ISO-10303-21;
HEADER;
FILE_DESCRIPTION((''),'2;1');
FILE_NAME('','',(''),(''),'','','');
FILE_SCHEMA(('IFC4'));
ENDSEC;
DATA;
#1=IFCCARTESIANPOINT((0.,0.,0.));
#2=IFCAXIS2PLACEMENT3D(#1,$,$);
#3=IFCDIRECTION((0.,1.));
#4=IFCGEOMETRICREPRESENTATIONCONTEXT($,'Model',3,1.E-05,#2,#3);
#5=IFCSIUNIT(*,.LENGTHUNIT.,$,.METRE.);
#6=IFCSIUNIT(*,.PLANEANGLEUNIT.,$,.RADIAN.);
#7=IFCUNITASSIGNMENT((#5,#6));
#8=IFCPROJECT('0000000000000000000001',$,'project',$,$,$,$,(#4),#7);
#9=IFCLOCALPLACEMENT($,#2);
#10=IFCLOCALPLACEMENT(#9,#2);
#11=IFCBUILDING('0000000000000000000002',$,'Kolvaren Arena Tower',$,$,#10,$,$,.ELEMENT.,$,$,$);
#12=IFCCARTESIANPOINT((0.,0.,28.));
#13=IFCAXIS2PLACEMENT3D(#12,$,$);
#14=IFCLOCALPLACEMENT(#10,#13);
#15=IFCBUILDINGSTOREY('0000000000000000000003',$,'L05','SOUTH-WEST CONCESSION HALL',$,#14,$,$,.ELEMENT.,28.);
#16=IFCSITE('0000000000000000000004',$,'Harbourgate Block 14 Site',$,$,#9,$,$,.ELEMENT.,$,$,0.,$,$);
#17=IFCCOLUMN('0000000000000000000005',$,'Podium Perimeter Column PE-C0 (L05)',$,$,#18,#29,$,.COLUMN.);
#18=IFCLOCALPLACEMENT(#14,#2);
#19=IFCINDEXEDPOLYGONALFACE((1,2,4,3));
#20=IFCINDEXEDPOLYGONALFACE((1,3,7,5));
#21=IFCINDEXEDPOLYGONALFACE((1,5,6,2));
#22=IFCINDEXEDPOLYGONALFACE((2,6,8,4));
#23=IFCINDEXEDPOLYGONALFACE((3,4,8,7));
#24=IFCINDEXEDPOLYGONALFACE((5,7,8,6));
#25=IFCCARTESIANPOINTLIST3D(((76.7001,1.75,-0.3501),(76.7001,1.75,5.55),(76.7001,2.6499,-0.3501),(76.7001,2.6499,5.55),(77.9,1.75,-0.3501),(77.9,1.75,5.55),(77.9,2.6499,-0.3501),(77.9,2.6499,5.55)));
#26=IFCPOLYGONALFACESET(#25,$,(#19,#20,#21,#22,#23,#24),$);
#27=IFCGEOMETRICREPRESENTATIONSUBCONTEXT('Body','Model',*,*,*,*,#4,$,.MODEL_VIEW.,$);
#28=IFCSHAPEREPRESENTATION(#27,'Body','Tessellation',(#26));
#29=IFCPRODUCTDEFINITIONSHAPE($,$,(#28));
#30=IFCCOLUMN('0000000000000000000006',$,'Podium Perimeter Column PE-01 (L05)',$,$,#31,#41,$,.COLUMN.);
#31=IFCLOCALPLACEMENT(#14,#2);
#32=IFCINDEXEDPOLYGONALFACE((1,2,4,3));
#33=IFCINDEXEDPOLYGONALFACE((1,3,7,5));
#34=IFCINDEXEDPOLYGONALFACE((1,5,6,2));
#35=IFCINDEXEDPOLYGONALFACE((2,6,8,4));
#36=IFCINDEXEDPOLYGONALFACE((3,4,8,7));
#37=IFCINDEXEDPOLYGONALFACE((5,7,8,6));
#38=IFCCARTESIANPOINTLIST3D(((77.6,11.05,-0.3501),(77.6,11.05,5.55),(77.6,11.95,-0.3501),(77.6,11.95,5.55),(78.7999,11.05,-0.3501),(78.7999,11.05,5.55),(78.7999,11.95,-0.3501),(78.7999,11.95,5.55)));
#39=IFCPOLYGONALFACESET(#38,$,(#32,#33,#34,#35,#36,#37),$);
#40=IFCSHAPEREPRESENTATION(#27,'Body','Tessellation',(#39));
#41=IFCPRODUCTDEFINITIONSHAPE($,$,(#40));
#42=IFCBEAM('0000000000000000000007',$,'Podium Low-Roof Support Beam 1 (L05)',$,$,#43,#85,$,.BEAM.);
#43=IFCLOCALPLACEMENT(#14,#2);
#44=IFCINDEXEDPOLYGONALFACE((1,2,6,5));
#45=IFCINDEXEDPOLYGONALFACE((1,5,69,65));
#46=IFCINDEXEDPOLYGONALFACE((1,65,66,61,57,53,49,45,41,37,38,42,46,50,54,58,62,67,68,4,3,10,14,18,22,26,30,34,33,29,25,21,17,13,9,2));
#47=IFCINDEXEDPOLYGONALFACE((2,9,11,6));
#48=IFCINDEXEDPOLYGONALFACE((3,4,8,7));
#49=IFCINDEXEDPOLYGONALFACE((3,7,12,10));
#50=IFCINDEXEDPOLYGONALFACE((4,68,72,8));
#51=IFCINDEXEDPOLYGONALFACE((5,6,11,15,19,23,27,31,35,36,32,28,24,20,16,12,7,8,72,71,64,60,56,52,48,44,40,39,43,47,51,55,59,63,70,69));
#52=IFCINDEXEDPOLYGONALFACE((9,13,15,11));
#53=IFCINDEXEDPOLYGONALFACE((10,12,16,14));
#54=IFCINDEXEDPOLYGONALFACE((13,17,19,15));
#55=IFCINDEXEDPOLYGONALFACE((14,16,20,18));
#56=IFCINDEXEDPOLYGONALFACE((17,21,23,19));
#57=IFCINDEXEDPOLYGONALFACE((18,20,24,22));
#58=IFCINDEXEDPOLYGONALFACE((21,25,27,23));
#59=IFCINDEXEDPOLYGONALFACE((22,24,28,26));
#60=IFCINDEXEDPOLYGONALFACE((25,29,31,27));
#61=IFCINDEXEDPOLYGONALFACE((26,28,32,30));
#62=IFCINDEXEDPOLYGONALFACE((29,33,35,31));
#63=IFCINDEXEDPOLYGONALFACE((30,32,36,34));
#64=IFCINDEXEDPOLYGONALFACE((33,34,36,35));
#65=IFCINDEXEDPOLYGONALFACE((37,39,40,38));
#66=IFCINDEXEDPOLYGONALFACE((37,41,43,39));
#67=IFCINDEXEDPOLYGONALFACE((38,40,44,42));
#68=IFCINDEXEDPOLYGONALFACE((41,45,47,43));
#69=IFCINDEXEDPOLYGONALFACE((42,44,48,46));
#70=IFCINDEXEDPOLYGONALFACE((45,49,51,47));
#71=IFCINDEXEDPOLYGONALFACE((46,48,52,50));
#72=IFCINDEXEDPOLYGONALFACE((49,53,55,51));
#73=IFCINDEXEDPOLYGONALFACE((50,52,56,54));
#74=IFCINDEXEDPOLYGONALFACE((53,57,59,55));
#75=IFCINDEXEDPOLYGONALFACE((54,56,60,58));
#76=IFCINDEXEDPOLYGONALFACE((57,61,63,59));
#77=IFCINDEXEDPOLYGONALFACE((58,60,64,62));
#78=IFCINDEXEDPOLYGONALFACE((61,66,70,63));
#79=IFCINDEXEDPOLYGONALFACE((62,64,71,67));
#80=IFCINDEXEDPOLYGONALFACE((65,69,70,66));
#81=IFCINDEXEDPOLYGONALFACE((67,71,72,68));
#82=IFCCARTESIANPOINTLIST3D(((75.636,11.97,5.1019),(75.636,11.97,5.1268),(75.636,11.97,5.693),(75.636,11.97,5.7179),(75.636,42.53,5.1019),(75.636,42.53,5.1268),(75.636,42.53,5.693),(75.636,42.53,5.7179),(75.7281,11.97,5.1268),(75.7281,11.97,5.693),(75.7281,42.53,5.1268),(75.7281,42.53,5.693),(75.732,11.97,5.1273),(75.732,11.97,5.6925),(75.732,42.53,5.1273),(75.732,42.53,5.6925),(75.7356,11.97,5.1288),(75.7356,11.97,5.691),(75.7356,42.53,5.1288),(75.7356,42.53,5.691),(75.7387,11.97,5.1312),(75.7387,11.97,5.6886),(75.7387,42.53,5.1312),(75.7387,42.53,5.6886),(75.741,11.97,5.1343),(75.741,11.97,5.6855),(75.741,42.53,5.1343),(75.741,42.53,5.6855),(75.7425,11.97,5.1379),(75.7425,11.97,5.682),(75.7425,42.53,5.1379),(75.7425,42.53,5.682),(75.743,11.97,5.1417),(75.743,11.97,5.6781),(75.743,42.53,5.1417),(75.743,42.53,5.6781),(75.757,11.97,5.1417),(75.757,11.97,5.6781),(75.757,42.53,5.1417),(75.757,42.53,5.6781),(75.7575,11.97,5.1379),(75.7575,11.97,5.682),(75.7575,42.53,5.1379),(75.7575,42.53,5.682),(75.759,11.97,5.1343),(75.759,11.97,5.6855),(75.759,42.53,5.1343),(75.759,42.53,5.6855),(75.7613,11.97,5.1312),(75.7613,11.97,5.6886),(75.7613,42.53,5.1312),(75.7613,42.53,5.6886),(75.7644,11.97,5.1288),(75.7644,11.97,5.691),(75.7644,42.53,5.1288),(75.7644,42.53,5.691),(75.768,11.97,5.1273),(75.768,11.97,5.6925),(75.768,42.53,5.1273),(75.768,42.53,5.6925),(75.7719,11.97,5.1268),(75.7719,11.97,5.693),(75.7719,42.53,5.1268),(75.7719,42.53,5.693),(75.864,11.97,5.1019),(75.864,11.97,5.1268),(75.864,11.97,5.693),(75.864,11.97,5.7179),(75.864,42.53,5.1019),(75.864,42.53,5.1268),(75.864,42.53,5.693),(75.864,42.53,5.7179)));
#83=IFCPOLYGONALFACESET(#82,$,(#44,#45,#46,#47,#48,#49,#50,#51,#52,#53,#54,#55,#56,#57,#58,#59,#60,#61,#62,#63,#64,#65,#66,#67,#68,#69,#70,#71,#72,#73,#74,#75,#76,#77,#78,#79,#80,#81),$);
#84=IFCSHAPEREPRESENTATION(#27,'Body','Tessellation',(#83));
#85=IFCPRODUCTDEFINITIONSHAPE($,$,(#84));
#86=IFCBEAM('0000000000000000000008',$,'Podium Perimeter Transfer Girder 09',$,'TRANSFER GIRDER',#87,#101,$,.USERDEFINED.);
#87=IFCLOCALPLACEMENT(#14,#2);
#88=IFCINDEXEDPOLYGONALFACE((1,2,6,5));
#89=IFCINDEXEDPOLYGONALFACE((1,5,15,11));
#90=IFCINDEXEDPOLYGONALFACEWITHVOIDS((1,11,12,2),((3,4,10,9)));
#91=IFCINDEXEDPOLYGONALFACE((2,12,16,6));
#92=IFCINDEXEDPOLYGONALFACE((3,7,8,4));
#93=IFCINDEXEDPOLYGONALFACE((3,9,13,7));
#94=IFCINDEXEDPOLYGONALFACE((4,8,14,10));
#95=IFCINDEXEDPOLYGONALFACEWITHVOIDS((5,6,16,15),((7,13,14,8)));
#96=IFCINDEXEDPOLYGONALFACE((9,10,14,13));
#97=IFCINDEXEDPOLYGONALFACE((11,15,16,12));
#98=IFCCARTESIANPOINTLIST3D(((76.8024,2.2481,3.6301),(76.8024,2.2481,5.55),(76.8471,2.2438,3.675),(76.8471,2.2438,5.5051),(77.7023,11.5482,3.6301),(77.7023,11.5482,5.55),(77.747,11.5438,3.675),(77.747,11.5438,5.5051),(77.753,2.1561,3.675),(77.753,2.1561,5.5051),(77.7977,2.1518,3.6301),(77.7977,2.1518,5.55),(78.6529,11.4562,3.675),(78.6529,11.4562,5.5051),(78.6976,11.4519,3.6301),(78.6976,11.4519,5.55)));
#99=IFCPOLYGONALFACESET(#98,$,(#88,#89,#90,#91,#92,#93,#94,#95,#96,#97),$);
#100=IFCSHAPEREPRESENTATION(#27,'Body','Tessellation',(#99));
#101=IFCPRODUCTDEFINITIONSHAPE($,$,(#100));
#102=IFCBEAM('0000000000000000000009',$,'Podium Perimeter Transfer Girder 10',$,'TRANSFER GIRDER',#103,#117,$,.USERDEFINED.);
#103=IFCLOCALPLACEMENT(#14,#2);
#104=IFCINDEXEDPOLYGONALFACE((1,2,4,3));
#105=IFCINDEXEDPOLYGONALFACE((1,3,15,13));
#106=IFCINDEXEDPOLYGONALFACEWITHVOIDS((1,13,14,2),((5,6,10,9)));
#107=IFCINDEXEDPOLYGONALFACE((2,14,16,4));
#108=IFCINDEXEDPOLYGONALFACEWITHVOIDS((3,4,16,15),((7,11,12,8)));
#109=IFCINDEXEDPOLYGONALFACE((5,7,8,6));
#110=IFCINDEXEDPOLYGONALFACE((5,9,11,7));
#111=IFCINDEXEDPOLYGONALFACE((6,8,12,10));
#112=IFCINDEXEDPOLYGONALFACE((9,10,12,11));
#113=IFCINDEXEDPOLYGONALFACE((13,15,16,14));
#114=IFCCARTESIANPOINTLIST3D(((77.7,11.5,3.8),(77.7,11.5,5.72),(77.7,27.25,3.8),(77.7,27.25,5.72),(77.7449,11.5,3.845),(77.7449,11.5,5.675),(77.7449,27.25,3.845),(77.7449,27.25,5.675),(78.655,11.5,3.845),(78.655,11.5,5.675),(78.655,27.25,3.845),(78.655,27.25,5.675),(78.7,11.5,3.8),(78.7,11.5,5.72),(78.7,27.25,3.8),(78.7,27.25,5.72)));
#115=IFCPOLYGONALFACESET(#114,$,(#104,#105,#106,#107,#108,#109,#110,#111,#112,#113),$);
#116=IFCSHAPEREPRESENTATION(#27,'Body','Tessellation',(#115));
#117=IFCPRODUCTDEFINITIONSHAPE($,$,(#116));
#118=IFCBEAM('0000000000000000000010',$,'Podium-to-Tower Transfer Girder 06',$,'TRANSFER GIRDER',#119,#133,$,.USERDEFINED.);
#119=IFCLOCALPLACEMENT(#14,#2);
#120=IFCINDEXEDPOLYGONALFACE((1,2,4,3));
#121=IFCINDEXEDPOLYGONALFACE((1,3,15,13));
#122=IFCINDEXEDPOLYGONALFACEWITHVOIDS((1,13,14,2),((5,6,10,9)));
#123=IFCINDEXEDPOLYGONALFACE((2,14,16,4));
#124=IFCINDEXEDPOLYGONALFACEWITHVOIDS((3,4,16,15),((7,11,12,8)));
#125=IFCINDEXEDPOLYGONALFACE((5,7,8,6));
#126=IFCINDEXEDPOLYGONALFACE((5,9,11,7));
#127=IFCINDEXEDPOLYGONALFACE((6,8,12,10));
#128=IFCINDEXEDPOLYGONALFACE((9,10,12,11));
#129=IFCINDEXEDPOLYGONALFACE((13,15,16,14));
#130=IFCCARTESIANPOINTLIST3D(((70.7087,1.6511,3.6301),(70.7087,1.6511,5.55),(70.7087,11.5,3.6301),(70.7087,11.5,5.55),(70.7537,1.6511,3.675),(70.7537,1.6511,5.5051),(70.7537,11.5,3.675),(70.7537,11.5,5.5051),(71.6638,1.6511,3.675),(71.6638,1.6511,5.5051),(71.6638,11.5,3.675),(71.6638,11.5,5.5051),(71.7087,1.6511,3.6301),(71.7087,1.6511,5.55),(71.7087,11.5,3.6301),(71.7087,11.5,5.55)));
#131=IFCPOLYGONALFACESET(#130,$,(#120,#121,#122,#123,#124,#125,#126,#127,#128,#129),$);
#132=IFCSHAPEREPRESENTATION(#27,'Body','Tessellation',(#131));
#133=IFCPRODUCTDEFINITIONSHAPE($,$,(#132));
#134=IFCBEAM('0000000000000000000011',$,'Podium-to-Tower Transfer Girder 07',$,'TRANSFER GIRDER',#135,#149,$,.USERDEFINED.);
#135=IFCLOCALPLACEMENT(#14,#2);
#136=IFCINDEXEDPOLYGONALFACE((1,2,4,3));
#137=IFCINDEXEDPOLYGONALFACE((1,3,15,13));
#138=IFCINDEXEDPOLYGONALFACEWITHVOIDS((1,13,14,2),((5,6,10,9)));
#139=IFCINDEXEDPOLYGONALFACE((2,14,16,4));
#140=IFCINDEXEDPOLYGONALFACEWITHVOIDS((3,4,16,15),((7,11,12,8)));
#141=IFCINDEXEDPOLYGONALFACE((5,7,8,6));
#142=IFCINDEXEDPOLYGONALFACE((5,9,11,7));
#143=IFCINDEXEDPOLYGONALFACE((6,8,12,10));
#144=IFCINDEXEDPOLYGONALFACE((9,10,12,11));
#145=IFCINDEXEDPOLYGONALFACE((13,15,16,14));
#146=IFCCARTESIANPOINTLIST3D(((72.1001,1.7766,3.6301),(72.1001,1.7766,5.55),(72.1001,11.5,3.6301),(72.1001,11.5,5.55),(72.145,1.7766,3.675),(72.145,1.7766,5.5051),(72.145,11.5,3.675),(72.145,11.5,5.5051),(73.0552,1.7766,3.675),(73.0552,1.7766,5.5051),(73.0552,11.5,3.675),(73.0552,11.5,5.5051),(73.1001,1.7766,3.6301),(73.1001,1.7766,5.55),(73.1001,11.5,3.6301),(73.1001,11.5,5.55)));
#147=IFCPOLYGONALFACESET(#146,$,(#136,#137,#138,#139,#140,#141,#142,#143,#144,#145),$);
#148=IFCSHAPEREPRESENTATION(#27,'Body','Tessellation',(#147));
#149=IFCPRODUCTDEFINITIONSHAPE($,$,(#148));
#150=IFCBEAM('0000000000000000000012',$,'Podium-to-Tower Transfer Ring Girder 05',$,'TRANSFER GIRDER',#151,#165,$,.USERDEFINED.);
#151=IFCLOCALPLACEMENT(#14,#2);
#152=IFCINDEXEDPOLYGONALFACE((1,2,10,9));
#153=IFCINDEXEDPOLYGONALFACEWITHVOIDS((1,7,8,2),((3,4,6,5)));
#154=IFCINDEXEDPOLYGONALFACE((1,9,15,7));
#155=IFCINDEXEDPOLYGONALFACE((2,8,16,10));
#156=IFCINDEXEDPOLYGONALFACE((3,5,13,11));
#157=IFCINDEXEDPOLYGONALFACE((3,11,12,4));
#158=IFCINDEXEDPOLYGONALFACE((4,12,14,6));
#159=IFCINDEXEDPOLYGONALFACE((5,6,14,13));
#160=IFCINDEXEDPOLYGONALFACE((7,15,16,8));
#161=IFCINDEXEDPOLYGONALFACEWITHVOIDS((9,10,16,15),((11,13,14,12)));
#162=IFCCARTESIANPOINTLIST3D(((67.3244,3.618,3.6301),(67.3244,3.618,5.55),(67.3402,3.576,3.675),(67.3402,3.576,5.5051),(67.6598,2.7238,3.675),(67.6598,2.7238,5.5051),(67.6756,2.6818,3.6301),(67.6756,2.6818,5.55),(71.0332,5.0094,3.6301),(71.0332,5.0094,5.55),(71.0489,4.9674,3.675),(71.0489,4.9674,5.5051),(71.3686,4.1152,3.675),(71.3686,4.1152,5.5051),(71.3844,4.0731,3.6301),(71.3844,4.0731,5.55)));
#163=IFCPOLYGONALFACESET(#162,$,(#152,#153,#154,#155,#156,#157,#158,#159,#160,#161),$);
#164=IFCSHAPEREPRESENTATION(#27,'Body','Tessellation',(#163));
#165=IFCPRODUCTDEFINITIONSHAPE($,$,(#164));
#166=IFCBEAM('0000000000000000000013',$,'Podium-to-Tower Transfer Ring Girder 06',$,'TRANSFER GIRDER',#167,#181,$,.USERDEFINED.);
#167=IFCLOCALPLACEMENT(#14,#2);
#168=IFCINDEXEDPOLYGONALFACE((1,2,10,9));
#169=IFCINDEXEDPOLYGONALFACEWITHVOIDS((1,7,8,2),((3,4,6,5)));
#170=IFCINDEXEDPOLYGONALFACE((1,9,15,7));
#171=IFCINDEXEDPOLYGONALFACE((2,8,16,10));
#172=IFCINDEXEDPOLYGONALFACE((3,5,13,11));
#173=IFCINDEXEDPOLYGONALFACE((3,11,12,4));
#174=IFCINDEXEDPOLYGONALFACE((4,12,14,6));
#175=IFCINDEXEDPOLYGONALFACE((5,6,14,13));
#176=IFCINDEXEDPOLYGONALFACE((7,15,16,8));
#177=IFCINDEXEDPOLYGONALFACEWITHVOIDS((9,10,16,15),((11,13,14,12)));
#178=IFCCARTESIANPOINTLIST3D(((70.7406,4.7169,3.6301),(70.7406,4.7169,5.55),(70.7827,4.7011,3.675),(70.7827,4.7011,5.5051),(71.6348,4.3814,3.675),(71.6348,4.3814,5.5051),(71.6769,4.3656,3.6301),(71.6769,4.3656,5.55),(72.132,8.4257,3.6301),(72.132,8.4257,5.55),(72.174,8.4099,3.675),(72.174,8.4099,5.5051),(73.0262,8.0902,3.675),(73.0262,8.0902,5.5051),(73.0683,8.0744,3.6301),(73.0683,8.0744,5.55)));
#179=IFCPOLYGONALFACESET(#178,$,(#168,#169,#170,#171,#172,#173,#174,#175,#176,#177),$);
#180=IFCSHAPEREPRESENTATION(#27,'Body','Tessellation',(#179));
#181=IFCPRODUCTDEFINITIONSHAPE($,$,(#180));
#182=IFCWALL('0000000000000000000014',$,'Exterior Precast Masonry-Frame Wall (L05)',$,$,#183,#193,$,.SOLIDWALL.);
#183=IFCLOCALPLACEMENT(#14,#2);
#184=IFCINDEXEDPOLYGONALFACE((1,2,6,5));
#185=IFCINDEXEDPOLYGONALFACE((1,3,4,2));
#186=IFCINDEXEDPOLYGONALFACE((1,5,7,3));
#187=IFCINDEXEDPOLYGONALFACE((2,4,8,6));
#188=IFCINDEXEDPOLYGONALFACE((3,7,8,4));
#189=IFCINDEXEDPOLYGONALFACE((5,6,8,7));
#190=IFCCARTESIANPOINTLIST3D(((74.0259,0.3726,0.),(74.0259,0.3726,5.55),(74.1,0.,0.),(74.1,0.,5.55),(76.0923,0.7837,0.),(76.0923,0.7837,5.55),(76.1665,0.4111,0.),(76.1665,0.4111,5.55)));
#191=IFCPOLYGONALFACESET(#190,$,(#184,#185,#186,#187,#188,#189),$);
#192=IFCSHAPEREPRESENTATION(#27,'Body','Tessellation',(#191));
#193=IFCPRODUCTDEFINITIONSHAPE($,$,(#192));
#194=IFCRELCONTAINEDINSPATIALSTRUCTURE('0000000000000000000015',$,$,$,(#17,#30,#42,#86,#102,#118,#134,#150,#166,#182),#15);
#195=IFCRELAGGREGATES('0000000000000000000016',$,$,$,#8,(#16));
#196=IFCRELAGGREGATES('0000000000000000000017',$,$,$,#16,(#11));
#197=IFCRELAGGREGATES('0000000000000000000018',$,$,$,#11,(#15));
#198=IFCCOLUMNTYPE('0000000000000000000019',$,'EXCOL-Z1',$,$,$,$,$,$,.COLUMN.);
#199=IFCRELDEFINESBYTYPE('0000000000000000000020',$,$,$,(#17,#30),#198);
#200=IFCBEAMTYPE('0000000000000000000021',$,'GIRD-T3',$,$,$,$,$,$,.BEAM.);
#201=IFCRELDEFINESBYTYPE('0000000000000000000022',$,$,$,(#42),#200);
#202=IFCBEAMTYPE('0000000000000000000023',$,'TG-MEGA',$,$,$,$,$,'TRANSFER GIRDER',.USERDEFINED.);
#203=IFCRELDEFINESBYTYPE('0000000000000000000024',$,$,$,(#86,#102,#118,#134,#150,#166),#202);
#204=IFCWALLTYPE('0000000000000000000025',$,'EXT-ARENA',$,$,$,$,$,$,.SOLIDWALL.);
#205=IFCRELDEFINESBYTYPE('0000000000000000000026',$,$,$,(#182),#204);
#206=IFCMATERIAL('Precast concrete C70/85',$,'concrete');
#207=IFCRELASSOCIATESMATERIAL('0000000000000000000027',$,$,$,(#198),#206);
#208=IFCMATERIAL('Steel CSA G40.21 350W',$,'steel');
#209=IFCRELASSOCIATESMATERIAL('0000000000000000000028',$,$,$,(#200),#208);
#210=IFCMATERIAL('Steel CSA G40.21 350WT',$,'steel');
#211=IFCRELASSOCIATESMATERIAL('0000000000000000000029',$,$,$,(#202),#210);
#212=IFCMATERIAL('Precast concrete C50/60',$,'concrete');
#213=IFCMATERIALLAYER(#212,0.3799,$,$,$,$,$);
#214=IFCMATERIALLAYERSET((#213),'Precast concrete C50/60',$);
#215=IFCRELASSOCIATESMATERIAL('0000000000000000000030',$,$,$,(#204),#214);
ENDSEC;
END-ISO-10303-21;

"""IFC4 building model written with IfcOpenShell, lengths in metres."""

from ifc_helpers import new_model, si_unit, direction, frame, frame_2d, origin, origin_2d, place, context, subcontext, project, spatial, rectangle, hollow_rectangle, i_section, extrude, material, layer, layer_set, material_profile, profile_set, type_object, element, save


model = new_model("IFC4")

# Units and contexts
model_context = context("Model", 3, precision=1e-05, world=origin(), true_north=direction((0.0, 1.0)))
body_context = subcontext(model_context, "Body", "Model", "MODEL_VIEW")
ifc_project = project(units=[si_unit("LENGTHUNIT", "METRE"), si_unit("PLANEANGLEUNIT", "RADIAN")], contexts=[model_context])

# Site, building, storey
site_placement = place(None, origin())
site = spatial("IfcSite", under=ifc_project, at=site_placement, Name="Harbourgate Block 14 Site", CompositionType="ELEMENT", RefElevation=0.0)
building_placement = place(site_placement, origin())
building = spatial("IfcBuilding", under=site, at=building_placement, Name="Kolvaren Arena Tower", CompositionType="ELEMENT")
storey_placement = place(building_placement, frame((0.0, 0.0, 28.0)))
storey = spatial("IfcBuildingStorey", under=building, at=storey_placement, Name="L05", Description="SOUTH-WEST CONCESSION HALL", CompositionType="ELEMENT", Elevation=28.0)

# Columns
ifc_material_1 = material(Name="Precast concrete C70/85", Category="concrete")
ifc_material_profile_1 = material_profile(ifc_material_1, rectangle(XDim=1.2, YDim=0.8999, at=origin_2d()), Name="RC-1200x900")
ifc_profile_set_1 = profile_set([ifc_material_profile_1], Name="Precast concrete C70/85")
column_type = type_object("IfcColumnType", Name="EXCOL-Z1", PredefinedType="COLUMN", material=ifc_profile_set_1)
for number, where, z_axis, x_axis, name in (
    (1, (77.3, 2.2, -0.3501), (0.0, 0.0, 1.0), (1.0, 0.0, 0.0), "Podium Perimeter Column PE-C0 (L05)"),
    (2, (78.2, 11.5, -0.3501), (0.0, 0.0, 1.0), (1.0, 0.0, 0.0), "Podium Perimeter Column PE-01 (L05)"),
):
    element("IfcColumn", number, at=place(storey_placement, frame(where, z_axis=z_axis, x_axis=x_axis)), inside=storey, type_object=column_type, Name=name, PredefinedType="COLUMN", context=body_context, shape_type="SweptSolid", body=[
        extrude(rectangle(XDim=1.2, YDim=0.8999, at=origin_2d()), origin(), (0.0, 0.0, 1.0), 5.9001),
    ])

# Beams
ifc_material_2 = material(Name="Steel CSA G40.21 350W", Category="steel")
ifc_material_profile_2 = material_profile(ifc_material_2, i_section(OverallWidth=0.228, OverallDepth=0.616, WebThickness=0.0139, FlangeThickness=0.0249, FilletRadius=0.0149, at=origin_2d()), Name="W610x174")
ifc_profile_set_2 = profile_set([ifc_material_profile_2], Name="Steel CSA G40.21 350W")
beam_type_1 = type_object("IfcBeamType", Name="GIRD-T3", PredefinedType="BEAM", material=ifc_profile_set_2)
beam_1_placement = place(storey_placement, frame((75.75, 11.97, 5.4099), z_axis=(0.0, 1.0, 0.0), x_axis=(-1.0, 0.0, 0.0)))
element("IfcBeam", 3, at=beam_1_placement, inside=storey, type_object=beam_type_1, Name="Podium Low-Roof Support Beam 1 (L05)", PredefinedType="BEAM", context=body_context, shape_type="SweptSolid", body=[
    extrude(i_section(OverallWidth=0.228, OverallDepth=0.616, WebThickness=0.0139, FlangeThickness=0.0249, FilletRadius=0.0149, at=origin_2d()), origin(), (0.0, 0.0, 1.0), 30.5601),
])
ifc_material_3 = material(Name="Steel CSA G40.21 350WT", Category="steel")
ifc_material_profile_3 = material_profile(ifc_material_3, hollow_rectangle(XDim=1.0, YDim=1.9199, WallThickness=0.0449, at=origin_2d()), Name="BOX 1000x1920x45")
ifc_profile_set_3 = profile_set([ifc_material_profile_3], Name="Steel CSA G40.21 350WT")
beam_type_2 = type_object("IfcBeamType", Name="TG-MEGA", ElementType="TRANSFER GIRDER", PredefinedType="USERDEFINED", material=ifc_profile_set_3)
beam_2_placement = place(storey_placement, frame((77.3, 2.2, 4.5901), z_axis=(0.096313, 0.995351, 0.0), x_axis=(-0.995351, 0.096313, 0.0)))
element("IfcBeam", 4, at=beam_2_placement, inside=storey, type_object=beam_type_2, Name="Podium Perimeter Transfer Girder 09", ObjectType="TRANSFER GIRDER", PredefinedType="USERDEFINED", context=body_context, shape_type="SweptSolid", body=[
    extrude(hollow_rectangle(XDim=1.0, YDim=1.9199, WallThickness=0.0449, at=origin_2d()), origin(), (0.0, 0.0, 1.0), 9.3435),
])
beam_3_placement = place(storey_placement, frame((78.2, 11.5, 4.76), z_axis=(0.0, 1.0, 0.0), x_axis=(-1.0, 0.0, 0.0)))
element("IfcBeam", 5, at=beam_3_placement, inside=storey, type_object=beam_type_2, Name="Podium Perimeter Transfer Girder 10", ObjectType="TRANSFER GIRDER", PredefinedType="USERDEFINED", context=body_context, shape_type="SweptSolid", body=[
    extrude(hollow_rectangle(XDim=1.0, YDim=1.9199, WallThickness=0.0449, at=origin_2d()), origin(), (0.0, 0.0, 1.0), 15.75),
])
beam_4_placement = place(storey_placement, frame((71.2087, 1.6511, 4.5901), z_axis=(0.0, 1.0, 0.0), x_axis=(-1.0, 0.0, 0.0)))
element("IfcBeam", 6, at=beam_4_placement, inside=storey, type_object=beam_type_2, Name="Podium-to-Tower Transfer Girder 06", ObjectType="TRANSFER GIRDER", PredefinedType="USERDEFINED", context=body_context, shape_type="SweptSolid", body=[
    extrude(hollow_rectangle(XDim=1.0, YDim=1.9199, WallThickness=0.0449, at=origin_2d()), origin(), (0.0, 0.0, 1.0), 9.8489),
])
beam_5_placement = place(storey_placement, frame((72.6001, 1.7766, 4.5901), z_axis=(0.0, 1.0, 0.0), x_axis=(-1.0, 0.0, 0.0)))
element("IfcBeam", 7, at=beam_5_placement, inside=storey, type_object=beam_type_2, Name="Podium-to-Tower Transfer Girder 07", ObjectType="TRANSFER GIRDER", PredefinedType="USERDEFINED", context=body_context, shape_type="SweptSolid", body=[
    extrude(hollow_rectangle(XDim=1.0, YDim=1.9199, WallThickness=0.0449, at=origin_2d()), origin(), (0.0, 0.0, 1.0), 9.7234),
])
for number, where, z_axis, x_axis, name in (
    (8, (67.5, 3.1499, 4.5901), (0.936281, 0.351252, 0.0), (-0.351252, 0.936281, 0.0), "Podium-to-Tower Transfer Ring Girder 05"),
    (9, (71.2087, 4.5413, 4.5901), (0.351252, 0.936281, 0.0), (-0.936281, 0.351252, 0.0), "Podium-to-Tower Transfer Ring Girder 06"),
):
    element("IfcBeam", number, at=place(storey_placement, frame(where, z_axis=z_axis, x_axis=x_axis)), inside=storey, type_object=beam_type_2, Name=name, ObjectType="TRANSFER GIRDER", PredefinedType="USERDEFINED", context=body_context, shape_type="SweptSolid", body=[
        extrude(hollow_rectangle(XDim=1.0, YDim=1.9199, WallThickness=0.0449, at=origin_2d()), origin(), (0.0, 0.0, 1.0), 3.9612),
    ])

# Wall
ifc_material_4 = material(Name="Precast concrete C50/60", Category="concrete")
ifc_layer_1 = layer(ifc_material_4, 0.3799)
ifc_layer_set_1 = layer_set([ifc_layer_1], Name="Precast concrete C50/60")
wall_type_1 = type_object("IfcWallType", Name="EXT-ARENA", PredefinedType="SOLIDWALL", material=ifc_layer_set_1)
for number, where, z_axis, x_axis, name in (
    (10, (76.1294, 0.5974, 0.0), (0.0, 0.0, 1.0), (-0.980776, -0.195136, 0.0), "Exterior Precast Masonry-Frame Wall (L05)"),
):
    element("IfcWall", number, at=place(storey_placement, frame(where, z_axis=z_axis, x_axis=x_axis)), inside=storey, type_object=wall_type_1, Name=name, PredefinedType="SOLIDWALL", context=body_context, shape_type="SweptSolid", body=[
        extrude(rectangle(XDim=2.1069, YDim=0.3799, at=frame_2d((1.0535, 0.0))), origin(), (0.0, 0.0, 1.0), 5.55),
    ])

save(model, "model.ifc")
